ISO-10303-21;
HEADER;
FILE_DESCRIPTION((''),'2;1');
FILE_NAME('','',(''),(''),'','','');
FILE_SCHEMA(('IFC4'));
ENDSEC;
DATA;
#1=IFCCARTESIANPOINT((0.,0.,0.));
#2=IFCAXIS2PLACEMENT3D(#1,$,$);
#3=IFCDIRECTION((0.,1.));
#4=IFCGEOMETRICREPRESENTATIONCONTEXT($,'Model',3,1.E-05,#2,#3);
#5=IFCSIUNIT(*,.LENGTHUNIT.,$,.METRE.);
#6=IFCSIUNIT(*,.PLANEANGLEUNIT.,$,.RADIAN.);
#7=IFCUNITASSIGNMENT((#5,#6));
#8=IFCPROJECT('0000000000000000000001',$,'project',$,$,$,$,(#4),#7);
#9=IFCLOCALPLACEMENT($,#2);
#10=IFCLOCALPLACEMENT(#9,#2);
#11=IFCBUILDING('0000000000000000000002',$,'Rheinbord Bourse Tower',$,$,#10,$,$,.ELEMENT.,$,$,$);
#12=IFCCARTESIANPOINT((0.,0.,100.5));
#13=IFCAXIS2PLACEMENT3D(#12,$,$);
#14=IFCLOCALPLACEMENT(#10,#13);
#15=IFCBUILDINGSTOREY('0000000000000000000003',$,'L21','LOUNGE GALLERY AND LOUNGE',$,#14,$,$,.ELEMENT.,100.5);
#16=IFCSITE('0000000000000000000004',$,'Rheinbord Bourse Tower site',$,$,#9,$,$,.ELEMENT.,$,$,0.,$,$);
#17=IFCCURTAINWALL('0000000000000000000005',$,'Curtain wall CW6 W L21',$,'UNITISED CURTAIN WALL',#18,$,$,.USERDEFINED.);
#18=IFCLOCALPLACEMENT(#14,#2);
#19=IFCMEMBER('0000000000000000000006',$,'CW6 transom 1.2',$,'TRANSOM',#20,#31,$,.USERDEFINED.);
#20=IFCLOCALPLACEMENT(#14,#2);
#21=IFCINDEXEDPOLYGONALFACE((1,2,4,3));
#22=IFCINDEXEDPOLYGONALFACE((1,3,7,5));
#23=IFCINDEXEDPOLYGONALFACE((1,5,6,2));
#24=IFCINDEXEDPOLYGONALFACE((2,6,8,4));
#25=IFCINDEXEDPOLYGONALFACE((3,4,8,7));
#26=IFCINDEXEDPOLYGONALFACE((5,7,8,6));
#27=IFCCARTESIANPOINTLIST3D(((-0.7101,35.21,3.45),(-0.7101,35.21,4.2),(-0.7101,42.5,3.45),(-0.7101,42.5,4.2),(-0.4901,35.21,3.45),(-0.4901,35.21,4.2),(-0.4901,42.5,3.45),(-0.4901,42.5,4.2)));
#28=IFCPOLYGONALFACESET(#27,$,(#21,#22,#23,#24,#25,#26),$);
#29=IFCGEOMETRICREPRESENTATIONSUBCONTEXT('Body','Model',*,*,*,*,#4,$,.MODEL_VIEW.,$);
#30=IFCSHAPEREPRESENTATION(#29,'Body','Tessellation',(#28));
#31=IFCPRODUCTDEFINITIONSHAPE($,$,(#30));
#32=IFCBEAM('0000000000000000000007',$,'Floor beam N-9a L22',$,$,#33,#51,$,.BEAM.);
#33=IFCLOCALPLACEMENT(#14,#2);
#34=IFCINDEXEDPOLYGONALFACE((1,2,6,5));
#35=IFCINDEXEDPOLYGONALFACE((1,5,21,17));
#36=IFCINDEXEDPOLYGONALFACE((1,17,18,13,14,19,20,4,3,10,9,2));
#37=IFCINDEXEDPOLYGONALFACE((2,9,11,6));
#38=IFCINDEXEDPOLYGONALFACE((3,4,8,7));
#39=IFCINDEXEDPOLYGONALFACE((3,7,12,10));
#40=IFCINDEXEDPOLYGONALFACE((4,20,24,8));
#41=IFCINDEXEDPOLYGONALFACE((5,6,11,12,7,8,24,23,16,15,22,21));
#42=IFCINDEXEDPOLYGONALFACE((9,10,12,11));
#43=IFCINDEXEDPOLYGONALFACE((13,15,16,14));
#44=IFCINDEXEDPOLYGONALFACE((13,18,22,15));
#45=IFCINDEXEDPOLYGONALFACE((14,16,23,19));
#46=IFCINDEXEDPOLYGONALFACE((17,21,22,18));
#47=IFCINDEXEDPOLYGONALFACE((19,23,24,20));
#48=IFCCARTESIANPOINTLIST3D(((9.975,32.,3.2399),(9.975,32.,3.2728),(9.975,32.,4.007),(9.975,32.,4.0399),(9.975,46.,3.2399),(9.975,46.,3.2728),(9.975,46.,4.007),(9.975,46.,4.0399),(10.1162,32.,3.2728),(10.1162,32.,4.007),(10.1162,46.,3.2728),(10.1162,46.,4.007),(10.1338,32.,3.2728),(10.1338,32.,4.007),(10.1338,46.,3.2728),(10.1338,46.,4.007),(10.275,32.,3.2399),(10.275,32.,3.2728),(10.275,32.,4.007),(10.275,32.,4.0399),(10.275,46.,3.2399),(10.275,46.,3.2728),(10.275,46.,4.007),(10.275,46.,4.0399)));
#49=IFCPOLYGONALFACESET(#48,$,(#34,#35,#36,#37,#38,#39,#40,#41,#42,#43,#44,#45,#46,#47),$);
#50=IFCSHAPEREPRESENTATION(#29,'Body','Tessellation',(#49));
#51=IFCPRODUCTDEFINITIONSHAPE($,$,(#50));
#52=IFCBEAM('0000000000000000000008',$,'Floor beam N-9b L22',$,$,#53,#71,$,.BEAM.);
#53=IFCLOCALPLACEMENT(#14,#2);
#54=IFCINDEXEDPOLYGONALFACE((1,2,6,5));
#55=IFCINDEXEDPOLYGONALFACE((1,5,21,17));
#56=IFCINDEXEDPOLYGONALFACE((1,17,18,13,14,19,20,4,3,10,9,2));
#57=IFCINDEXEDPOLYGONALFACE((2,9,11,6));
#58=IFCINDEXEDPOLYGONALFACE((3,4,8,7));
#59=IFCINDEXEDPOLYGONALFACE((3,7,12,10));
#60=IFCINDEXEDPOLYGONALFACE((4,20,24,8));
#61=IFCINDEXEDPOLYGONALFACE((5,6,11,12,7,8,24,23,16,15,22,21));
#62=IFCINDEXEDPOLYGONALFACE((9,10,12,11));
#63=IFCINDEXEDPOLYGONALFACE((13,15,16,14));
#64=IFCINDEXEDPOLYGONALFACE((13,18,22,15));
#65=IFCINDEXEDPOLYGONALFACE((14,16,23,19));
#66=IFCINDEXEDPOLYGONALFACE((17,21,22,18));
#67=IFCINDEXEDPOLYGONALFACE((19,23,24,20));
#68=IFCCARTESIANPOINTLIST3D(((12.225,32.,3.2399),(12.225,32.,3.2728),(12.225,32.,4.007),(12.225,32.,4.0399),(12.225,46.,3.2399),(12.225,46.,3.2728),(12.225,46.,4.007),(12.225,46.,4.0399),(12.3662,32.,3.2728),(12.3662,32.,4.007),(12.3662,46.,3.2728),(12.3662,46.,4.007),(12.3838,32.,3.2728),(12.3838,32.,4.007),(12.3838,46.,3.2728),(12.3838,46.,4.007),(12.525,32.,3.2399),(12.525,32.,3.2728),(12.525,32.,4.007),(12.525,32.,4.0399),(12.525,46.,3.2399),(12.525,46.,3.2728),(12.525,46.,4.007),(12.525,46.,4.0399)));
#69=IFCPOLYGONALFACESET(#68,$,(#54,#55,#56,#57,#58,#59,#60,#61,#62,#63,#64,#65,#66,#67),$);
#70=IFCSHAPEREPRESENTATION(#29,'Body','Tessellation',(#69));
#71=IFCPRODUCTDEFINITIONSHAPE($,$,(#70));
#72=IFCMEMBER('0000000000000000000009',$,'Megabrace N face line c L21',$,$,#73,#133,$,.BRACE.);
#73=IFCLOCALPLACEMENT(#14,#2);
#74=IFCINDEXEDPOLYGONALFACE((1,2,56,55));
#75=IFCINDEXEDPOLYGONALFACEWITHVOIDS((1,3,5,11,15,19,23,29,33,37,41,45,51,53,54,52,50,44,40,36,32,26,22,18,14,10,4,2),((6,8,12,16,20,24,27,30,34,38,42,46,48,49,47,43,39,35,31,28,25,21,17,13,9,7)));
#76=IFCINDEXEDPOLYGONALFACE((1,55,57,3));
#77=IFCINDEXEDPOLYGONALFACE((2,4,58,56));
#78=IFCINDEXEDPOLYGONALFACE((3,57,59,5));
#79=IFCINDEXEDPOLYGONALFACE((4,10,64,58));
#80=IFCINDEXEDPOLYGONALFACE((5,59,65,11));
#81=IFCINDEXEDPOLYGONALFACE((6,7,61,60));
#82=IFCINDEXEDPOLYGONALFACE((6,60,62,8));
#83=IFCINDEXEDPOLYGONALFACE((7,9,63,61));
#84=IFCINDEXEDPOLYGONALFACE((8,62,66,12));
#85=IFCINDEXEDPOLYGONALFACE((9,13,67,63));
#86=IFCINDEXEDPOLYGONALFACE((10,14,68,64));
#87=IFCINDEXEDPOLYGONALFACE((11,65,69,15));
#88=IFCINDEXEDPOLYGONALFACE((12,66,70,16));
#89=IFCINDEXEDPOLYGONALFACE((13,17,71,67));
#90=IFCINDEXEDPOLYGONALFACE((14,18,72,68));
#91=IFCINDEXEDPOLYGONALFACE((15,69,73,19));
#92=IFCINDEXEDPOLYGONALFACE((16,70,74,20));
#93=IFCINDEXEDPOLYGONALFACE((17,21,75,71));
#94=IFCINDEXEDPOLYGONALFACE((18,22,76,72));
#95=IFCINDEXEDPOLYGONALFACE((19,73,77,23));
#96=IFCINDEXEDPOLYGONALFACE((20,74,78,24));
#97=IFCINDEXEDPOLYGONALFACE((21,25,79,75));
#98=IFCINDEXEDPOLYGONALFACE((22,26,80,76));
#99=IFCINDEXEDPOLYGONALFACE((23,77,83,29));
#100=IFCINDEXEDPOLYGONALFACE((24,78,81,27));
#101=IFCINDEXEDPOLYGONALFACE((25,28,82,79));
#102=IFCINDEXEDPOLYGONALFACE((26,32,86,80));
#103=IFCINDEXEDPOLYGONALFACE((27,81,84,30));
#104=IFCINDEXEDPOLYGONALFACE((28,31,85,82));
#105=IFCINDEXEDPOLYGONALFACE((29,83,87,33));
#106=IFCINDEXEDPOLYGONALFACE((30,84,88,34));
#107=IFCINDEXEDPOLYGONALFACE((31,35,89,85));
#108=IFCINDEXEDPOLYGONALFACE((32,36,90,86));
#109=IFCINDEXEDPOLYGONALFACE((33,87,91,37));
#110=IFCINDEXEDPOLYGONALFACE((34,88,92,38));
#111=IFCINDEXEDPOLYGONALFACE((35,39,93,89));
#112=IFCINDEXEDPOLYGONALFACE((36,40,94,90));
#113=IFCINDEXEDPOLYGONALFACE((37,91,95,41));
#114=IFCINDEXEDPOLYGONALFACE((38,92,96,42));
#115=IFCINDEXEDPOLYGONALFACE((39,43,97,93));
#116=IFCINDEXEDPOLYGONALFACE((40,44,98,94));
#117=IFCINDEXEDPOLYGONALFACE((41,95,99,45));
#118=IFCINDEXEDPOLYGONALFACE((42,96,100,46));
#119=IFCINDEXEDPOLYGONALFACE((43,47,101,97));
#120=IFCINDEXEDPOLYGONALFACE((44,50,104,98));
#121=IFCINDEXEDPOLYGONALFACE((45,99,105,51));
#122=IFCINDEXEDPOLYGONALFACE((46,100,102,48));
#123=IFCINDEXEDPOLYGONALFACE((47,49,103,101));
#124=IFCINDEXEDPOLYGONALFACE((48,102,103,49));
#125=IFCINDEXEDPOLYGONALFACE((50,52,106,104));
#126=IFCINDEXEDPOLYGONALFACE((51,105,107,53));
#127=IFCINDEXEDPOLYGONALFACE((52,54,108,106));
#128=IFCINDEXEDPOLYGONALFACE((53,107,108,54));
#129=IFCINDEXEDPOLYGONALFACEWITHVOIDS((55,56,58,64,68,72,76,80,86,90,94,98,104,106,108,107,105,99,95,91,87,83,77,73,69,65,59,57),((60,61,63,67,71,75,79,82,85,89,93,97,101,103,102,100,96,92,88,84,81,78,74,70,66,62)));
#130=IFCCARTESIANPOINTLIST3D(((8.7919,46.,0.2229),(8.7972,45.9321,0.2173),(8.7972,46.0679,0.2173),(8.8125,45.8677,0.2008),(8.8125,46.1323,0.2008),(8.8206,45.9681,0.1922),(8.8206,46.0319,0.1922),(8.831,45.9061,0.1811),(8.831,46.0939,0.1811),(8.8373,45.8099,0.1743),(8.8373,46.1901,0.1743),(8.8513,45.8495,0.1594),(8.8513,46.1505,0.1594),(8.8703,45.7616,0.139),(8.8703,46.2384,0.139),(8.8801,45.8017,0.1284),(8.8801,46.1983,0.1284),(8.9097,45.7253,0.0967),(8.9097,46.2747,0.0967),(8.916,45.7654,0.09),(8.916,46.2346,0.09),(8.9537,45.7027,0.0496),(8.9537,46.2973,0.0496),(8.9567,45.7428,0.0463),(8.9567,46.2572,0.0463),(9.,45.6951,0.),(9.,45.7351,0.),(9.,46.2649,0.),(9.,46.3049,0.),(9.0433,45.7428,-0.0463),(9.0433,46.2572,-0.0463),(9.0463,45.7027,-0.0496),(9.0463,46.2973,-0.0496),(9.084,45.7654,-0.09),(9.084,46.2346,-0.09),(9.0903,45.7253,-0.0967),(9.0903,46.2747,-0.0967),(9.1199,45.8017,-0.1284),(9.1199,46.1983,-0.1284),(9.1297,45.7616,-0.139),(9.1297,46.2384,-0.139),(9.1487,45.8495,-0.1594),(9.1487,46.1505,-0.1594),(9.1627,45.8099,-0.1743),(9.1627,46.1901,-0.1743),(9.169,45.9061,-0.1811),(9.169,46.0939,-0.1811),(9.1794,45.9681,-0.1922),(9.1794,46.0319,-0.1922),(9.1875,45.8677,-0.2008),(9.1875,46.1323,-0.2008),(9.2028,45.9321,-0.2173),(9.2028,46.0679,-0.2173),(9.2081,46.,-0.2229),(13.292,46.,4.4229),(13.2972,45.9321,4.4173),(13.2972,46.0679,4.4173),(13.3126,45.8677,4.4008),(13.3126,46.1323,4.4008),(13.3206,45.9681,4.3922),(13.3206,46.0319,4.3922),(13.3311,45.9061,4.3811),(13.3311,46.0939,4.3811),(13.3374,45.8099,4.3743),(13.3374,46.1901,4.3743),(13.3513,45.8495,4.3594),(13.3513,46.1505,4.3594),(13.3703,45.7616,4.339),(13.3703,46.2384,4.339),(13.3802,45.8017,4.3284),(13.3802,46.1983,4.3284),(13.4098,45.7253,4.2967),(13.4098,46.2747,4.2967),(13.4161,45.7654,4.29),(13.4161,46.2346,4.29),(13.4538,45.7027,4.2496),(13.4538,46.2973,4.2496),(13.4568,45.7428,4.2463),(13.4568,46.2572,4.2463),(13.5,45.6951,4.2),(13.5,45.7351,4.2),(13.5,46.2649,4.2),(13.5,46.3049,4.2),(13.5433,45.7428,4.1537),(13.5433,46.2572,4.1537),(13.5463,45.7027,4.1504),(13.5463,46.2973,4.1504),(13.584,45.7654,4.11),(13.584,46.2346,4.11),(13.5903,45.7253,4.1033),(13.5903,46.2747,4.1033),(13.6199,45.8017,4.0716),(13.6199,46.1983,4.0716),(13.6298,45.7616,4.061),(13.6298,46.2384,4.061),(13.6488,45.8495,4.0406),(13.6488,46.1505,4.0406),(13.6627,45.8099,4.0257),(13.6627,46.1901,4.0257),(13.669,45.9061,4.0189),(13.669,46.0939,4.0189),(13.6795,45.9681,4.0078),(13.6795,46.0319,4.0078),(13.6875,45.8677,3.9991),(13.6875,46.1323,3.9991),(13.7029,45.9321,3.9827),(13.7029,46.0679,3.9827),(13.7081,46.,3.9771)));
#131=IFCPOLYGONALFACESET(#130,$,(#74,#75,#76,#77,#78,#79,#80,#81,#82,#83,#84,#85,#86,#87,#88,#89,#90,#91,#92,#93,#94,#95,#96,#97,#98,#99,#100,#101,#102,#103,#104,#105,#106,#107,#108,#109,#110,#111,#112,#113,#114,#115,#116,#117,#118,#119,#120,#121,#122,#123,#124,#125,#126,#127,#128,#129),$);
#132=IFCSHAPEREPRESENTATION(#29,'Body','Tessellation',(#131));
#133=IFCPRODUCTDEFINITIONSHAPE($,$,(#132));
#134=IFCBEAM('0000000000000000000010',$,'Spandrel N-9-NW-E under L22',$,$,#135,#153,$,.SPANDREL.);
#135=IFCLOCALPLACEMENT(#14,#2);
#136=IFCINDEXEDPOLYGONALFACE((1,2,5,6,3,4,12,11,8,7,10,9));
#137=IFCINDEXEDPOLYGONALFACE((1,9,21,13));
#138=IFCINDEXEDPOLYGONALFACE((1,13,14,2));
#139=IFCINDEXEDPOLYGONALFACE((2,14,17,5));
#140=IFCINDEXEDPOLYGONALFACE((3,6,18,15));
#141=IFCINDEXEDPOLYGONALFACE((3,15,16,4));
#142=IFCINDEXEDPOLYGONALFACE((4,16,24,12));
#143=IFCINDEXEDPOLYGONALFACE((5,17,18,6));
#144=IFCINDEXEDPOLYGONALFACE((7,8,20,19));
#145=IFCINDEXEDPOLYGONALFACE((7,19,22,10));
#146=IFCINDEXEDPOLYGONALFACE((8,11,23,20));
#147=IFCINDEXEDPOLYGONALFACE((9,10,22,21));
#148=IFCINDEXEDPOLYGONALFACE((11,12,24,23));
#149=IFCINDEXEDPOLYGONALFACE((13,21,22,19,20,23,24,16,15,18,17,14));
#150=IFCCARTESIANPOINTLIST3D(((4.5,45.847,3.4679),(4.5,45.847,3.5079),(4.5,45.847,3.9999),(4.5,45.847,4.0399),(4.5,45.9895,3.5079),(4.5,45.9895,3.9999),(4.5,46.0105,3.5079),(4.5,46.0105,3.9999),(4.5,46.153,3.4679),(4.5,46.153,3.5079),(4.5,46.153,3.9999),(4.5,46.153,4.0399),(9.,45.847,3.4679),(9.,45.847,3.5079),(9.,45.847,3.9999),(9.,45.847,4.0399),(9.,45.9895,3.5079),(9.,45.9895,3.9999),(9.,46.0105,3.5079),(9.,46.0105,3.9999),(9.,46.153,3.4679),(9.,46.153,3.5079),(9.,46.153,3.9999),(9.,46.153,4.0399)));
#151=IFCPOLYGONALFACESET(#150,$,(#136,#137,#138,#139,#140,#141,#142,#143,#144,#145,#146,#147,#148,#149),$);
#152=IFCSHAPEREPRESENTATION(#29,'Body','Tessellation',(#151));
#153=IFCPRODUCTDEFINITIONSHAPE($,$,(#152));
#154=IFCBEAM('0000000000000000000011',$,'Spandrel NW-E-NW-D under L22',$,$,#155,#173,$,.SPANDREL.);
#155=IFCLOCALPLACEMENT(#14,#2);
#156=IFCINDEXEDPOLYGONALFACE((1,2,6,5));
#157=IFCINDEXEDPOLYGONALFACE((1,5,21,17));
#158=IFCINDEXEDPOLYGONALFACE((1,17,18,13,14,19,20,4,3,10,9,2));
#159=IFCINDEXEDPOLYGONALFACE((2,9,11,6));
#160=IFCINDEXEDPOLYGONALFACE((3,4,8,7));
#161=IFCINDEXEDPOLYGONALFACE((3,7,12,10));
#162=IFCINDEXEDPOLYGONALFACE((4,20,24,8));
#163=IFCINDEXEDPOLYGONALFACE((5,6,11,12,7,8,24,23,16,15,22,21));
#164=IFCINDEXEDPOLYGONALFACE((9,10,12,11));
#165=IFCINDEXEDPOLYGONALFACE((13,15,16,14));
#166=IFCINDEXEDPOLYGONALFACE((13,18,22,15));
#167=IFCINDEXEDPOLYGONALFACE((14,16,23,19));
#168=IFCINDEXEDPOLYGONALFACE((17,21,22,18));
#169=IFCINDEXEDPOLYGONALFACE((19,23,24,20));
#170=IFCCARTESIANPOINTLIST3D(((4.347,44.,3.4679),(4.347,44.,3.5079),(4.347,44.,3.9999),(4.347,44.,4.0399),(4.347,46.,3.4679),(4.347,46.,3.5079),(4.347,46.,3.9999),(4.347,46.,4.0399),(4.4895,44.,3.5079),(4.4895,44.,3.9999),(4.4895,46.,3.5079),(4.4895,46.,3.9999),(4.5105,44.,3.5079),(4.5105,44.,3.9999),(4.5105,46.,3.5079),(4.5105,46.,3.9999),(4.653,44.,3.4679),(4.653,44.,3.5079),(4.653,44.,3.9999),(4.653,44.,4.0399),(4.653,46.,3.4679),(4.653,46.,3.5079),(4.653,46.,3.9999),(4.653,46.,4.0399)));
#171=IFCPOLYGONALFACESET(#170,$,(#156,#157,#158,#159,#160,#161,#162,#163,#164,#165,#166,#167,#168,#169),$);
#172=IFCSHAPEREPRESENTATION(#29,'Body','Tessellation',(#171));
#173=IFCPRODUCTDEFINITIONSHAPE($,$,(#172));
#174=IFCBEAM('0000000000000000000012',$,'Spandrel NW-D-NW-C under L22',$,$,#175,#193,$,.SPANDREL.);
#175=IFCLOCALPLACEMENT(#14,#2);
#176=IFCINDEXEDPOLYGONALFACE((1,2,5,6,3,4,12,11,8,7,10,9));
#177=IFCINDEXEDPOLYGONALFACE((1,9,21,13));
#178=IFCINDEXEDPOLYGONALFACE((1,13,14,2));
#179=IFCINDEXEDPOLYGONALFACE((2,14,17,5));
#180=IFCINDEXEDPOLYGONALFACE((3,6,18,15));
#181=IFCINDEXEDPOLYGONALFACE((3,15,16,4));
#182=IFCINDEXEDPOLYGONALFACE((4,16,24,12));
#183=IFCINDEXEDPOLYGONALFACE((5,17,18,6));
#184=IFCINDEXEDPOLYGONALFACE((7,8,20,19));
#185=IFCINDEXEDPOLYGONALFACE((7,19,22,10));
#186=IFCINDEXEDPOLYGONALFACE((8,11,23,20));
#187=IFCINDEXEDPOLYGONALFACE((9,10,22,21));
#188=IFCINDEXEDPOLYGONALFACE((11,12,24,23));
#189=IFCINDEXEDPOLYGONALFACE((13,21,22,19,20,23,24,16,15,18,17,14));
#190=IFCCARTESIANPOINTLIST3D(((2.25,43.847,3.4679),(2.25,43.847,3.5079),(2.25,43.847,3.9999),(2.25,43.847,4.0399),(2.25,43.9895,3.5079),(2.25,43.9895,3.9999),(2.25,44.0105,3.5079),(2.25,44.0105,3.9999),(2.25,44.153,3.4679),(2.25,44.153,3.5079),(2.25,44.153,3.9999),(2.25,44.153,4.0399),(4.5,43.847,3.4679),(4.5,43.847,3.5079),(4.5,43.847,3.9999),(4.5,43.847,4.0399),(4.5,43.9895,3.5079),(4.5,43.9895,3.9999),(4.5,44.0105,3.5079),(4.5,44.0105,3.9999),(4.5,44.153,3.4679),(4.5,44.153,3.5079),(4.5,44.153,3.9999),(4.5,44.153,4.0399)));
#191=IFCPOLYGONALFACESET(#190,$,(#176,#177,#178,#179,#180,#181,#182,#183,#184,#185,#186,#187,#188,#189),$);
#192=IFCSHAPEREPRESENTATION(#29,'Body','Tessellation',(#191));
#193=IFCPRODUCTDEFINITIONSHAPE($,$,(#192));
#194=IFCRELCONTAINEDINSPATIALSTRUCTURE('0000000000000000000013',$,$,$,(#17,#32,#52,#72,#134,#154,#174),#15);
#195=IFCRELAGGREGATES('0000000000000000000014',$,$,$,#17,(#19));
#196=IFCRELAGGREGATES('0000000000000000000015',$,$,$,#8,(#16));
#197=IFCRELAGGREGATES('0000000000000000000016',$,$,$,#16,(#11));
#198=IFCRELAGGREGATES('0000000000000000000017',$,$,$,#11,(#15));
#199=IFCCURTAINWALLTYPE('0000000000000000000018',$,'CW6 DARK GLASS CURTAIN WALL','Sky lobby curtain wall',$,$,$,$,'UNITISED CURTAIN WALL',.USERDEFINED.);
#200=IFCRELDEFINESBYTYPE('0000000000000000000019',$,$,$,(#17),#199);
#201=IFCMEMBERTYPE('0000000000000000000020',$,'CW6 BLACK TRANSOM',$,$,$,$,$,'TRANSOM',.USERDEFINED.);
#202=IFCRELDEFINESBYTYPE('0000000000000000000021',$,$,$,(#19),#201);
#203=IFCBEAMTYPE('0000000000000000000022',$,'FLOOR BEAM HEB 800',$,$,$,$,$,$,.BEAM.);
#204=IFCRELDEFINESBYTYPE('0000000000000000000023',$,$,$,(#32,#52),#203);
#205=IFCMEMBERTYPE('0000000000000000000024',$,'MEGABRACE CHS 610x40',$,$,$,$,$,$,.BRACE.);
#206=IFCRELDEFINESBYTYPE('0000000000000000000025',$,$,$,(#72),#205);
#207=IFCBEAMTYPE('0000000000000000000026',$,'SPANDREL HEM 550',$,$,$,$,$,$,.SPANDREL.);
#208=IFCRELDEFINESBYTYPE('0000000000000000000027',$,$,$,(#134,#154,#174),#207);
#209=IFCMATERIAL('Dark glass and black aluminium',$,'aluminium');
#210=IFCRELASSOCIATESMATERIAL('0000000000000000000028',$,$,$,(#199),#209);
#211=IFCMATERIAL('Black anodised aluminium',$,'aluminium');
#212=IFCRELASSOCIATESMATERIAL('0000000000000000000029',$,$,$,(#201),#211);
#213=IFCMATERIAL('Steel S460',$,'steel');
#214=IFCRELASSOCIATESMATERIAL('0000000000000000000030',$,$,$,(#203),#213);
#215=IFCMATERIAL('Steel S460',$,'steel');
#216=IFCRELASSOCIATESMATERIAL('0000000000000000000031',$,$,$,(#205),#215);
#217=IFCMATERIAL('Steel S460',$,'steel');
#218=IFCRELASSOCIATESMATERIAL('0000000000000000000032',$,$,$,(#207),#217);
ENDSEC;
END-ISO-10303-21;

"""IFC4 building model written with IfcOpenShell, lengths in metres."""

from ifc_helpers import new_model, si_unit, direction, frame, origin, origin_2d, place, context, subcontext, project, spatial, rectangle, hollow_circle, i_section, extrude, material, material_profile, profile_set, type_object, element, aggregate, save


model = new_model("IFC4")

# Units and contexts
model_context = context("Model", 3, precision=1e-05, world=origin(), true_north=direction((0.0, 1.0)))
body_context = subcontext(model_context, "Body", "Model", "MODEL_VIEW")
ifc_project = project(units=[si_unit("LENGTHUNIT", "METRE"), si_unit("PLANEANGLEUNIT", "RADIAN")], contexts=[model_context])

# Site, building, storey
site_placement = place(None, origin())
site = spatial("IfcSite", under=ifc_project, at=site_placement, Name="Rheinbord Bourse Tower site", CompositionType="ELEMENT", RefElevation=0.0)
building_placement = place(site_placement, origin())
building = spatial("IfcBuilding", under=site, at=building_placement, Name="Rheinbord Bourse Tower", CompositionType="ELEMENT")
storey_placement = place(building_placement, frame((0.0, 0.0, 100.5)))
storey = spatial("IfcBuildingStorey", under=building, at=storey_placement, Name="L21", Description="LOUNGE GALLERY AND LOUNGE", CompositionType="ELEMENT", Elevation=100.5)

# Shared definitions
ifc_material_1 = material(Name="Dark glass and black aluminium", Category="aluminium")
curtain_wall_type = type_object("IfcCurtainWallType", Name="CW6 DARK GLASS CURTAIN WALL", Description="Sky lobby curtain wall", ElementType="UNITISED CURTAIN WALL", PredefinedType="USERDEFINED", material=ifc_material_1)

# Curtain wall
curtain_wall_1_placement = place(storey_placement, origin())
curtain_wall_1 = element("IfcCurtainWall", 1, at=curtain_wall_1_placement, inside=storey, type_object=curtain_wall_type, Name="Curtain wall CW6 W L21", ObjectType="UNITISED CURTAIN WALL", PredefinedType="USERDEFINED")

# Member
ifc_material_2 = material(Name="Black anodised aluminium", Category="aluminium")
ifc_material_profile_1 = material_profile(ifc_material_2, rectangle(XDim=0.22, YDim=0.75, at=origin_2d()), Name="CW6 TRANSOM 750x220")
ifc_profile_set_1 = profile_set([ifc_material_profile_1], Name="Black anodised aluminium")
member_type_1 = type_object("IfcMemberType", Name="CW6 BLACK TRANSOM", ElementType="TRANSOM", PredefinedType="USERDEFINED", material=ifc_profile_set_1)
member_1_placement = place(storey_placement, frame((-0.6001, 42.5, 3.825), z_axis=(0.0, -1.0, 0.0), x_axis=(1.0, 0.0, 0.0)))
member_1 = element("IfcMember", 2, at=member_1_placement, type_object=member_type_1, Name="CW6 transom 1.2", ObjectType="TRANSOM", PredefinedType="USERDEFINED", context=body_context, shape_type="SweptSolid", body=[
    extrude(rectangle(XDim=0.22, YDim=0.75, at=origin_2d()), origin(), (0.0, 0.0, 1.0), 7.29),
])

# Beams
ifc_material_3 = material(Name="Steel S460", Category="steel")
ifc_material_profile_2 = material_profile(ifc_material_3, i_section(OverallWidth=0.3, OverallDepth=0.8, WebThickness=0.0176, FlangeThickness=0.033, at=origin_2d()), Name="HEB 800")
ifc_profile_set_2 = profile_set([ifc_material_profile_2], Name="Steel S460")
beam_type_1 = type_object("IfcBeamType", Name="FLOOR BEAM HEB 800", PredefinedType="BEAM", material=ifc_profile_set_2)
for number, where, z_axis, x_axis, name in (
    (3, (10.125, 46.0, 3.6399), (0.0, -1.0, 0.0), (1.0, 0.0, 0.0), "Floor beam N-9a L22"),
    (4, (12.375, 46.0, 3.6399), (0.0, -1.0, 0.0), (1.0, 0.0, 0.0), "Floor beam N-9b L22"),
):
    element("IfcBeam", number, at=place(storey_placement, frame(where, z_axis=z_axis, x_axis=x_axis)), inside=storey, type_object=beam_type_1, Name=name, PredefinedType="BEAM", context=body_context, shape_type="SweptSolid", body=[
        extrude(i_section(OverallWidth=0.3, OverallDepth=0.8, WebThickness=0.0176, FlangeThickness=0.033, at=origin_2d()), origin(), (0.0, 0.0, 1.0), 14.0),
    ])

# Member
ifc_material_4 = material(Name="Steel S460", Category="steel")
ifc_material_profile_3 = material_profile(ifc_material_4, hollow_circle(Radius=0.3049, WallThickness=0.04, at=origin_2d()), Name="CHS 610x40")
ifc_profile_set_3 = profile_set([ifc_material_profile_3], Name="Steel S460")
member_type_2 = type_object("IfcMemberType", Name="MEGABRACE CHS 610x40", PredefinedType="BRACE", material=ifc_profile_set_3)
member_2_placement = place(storey_placement, frame((9.0, 46.0, 0.0), z_axis=(0.731059, 0.0, 0.682314), x_axis=(0.0, 1.0, 0.0)))
element("IfcMember", 5, at=member_2_placement, inside=storey, type_object=member_type_2, Name="Megabrace N face line c L21", PredefinedType="BRACE", context=body_context, shape_type="SweptSolid", body=[
    extrude(hollow_circle(Radius=0.3049, WallThickness=0.04, at=origin_2d()), origin(), (0.0, 0.0, 1.0), 6.1555),
])

# Beams
ifc_material_5 = material(Name="Steel S460", Category="steel")
ifc_material_profile_4 = material_profile(ifc_material_5, i_section(OverallWidth=0.3059, OverallDepth=0.572, WebThickness=0.021, FlangeThickness=0.04, at=origin_2d()), Name="HEM 550")
ifc_profile_set_4 = profile_set([ifc_material_profile_4], Name="Steel S460")
beam_type_2 = type_object("IfcBeamType", Name="SPANDREL HEM 550", PredefinedType="SPANDREL", material=ifc_profile_set_4)
beam_1_placement = place(storey_placement, frame((9.0, 46.0, 3.7539), z_axis=(-1.0, 0.0, 0.0), x_axis=(0.0, -1.0, 0.0)))
element("IfcBeam", 6, at=beam_1_placement, inside=storey, type_object=beam_type_2, Name="Spandrel N-9-NW-E under L22", PredefinedType="SPANDREL", context=body_context, shape_type="SweptSolid", body=[
    extrude(i_section(OverallWidth=0.3059, OverallDepth=0.572, WebThickness=0.021, FlangeThickness=0.04, at=origin_2d()), origin(), (0.0, 0.0, 1.0), 4.5),
])
beam_2_placement = place(storey_placement, frame((4.5, 46.0, 3.7539), z_axis=(0.0, -1.0, 0.0), x_axis=(1.0, 0.0, 0.0)))
element("IfcBeam", 7, at=beam_2_placement, inside=storey, type_object=beam_type_2, Name="Spandrel NW-E-NW-D under L22", PredefinedType="SPANDREL", context=body_context, shape_type="SweptSolid", body=[
    extrude(i_section(OverallWidth=0.3059, OverallDepth=0.572, WebThickness=0.021, FlangeThickness=0.04, at=origin_2d()), origin(), (0.0, 0.0, 1.0), 2.0),
])
beam_3_placement = place(storey_placement, frame((4.5, 44.0, 3.7539), z_axis=(-1.0, 0.0, 0.0), x_axis=(0.0, -1.0, 0.0)))
element("IfcBeam", 8, at=beam_3_placement, inside=storey, type_object=beam_type_2, Name="Spandrel NW-D-NW-C under L22", PredefinedType="SPANDREL", context=body_context, shape_type="SweptSolid", body=[
    extrude(i_section(OverallWidth=0.3059, OverallDepth=0.572, WebThickness=0.021, FlangeThickness=0.04, at=origin_2d()), origin(), (0.0, 0.0, 1.0), 2.25),
])

aggregate(curtain_wall_1, [member_1])

save(model, "model.ifc")
